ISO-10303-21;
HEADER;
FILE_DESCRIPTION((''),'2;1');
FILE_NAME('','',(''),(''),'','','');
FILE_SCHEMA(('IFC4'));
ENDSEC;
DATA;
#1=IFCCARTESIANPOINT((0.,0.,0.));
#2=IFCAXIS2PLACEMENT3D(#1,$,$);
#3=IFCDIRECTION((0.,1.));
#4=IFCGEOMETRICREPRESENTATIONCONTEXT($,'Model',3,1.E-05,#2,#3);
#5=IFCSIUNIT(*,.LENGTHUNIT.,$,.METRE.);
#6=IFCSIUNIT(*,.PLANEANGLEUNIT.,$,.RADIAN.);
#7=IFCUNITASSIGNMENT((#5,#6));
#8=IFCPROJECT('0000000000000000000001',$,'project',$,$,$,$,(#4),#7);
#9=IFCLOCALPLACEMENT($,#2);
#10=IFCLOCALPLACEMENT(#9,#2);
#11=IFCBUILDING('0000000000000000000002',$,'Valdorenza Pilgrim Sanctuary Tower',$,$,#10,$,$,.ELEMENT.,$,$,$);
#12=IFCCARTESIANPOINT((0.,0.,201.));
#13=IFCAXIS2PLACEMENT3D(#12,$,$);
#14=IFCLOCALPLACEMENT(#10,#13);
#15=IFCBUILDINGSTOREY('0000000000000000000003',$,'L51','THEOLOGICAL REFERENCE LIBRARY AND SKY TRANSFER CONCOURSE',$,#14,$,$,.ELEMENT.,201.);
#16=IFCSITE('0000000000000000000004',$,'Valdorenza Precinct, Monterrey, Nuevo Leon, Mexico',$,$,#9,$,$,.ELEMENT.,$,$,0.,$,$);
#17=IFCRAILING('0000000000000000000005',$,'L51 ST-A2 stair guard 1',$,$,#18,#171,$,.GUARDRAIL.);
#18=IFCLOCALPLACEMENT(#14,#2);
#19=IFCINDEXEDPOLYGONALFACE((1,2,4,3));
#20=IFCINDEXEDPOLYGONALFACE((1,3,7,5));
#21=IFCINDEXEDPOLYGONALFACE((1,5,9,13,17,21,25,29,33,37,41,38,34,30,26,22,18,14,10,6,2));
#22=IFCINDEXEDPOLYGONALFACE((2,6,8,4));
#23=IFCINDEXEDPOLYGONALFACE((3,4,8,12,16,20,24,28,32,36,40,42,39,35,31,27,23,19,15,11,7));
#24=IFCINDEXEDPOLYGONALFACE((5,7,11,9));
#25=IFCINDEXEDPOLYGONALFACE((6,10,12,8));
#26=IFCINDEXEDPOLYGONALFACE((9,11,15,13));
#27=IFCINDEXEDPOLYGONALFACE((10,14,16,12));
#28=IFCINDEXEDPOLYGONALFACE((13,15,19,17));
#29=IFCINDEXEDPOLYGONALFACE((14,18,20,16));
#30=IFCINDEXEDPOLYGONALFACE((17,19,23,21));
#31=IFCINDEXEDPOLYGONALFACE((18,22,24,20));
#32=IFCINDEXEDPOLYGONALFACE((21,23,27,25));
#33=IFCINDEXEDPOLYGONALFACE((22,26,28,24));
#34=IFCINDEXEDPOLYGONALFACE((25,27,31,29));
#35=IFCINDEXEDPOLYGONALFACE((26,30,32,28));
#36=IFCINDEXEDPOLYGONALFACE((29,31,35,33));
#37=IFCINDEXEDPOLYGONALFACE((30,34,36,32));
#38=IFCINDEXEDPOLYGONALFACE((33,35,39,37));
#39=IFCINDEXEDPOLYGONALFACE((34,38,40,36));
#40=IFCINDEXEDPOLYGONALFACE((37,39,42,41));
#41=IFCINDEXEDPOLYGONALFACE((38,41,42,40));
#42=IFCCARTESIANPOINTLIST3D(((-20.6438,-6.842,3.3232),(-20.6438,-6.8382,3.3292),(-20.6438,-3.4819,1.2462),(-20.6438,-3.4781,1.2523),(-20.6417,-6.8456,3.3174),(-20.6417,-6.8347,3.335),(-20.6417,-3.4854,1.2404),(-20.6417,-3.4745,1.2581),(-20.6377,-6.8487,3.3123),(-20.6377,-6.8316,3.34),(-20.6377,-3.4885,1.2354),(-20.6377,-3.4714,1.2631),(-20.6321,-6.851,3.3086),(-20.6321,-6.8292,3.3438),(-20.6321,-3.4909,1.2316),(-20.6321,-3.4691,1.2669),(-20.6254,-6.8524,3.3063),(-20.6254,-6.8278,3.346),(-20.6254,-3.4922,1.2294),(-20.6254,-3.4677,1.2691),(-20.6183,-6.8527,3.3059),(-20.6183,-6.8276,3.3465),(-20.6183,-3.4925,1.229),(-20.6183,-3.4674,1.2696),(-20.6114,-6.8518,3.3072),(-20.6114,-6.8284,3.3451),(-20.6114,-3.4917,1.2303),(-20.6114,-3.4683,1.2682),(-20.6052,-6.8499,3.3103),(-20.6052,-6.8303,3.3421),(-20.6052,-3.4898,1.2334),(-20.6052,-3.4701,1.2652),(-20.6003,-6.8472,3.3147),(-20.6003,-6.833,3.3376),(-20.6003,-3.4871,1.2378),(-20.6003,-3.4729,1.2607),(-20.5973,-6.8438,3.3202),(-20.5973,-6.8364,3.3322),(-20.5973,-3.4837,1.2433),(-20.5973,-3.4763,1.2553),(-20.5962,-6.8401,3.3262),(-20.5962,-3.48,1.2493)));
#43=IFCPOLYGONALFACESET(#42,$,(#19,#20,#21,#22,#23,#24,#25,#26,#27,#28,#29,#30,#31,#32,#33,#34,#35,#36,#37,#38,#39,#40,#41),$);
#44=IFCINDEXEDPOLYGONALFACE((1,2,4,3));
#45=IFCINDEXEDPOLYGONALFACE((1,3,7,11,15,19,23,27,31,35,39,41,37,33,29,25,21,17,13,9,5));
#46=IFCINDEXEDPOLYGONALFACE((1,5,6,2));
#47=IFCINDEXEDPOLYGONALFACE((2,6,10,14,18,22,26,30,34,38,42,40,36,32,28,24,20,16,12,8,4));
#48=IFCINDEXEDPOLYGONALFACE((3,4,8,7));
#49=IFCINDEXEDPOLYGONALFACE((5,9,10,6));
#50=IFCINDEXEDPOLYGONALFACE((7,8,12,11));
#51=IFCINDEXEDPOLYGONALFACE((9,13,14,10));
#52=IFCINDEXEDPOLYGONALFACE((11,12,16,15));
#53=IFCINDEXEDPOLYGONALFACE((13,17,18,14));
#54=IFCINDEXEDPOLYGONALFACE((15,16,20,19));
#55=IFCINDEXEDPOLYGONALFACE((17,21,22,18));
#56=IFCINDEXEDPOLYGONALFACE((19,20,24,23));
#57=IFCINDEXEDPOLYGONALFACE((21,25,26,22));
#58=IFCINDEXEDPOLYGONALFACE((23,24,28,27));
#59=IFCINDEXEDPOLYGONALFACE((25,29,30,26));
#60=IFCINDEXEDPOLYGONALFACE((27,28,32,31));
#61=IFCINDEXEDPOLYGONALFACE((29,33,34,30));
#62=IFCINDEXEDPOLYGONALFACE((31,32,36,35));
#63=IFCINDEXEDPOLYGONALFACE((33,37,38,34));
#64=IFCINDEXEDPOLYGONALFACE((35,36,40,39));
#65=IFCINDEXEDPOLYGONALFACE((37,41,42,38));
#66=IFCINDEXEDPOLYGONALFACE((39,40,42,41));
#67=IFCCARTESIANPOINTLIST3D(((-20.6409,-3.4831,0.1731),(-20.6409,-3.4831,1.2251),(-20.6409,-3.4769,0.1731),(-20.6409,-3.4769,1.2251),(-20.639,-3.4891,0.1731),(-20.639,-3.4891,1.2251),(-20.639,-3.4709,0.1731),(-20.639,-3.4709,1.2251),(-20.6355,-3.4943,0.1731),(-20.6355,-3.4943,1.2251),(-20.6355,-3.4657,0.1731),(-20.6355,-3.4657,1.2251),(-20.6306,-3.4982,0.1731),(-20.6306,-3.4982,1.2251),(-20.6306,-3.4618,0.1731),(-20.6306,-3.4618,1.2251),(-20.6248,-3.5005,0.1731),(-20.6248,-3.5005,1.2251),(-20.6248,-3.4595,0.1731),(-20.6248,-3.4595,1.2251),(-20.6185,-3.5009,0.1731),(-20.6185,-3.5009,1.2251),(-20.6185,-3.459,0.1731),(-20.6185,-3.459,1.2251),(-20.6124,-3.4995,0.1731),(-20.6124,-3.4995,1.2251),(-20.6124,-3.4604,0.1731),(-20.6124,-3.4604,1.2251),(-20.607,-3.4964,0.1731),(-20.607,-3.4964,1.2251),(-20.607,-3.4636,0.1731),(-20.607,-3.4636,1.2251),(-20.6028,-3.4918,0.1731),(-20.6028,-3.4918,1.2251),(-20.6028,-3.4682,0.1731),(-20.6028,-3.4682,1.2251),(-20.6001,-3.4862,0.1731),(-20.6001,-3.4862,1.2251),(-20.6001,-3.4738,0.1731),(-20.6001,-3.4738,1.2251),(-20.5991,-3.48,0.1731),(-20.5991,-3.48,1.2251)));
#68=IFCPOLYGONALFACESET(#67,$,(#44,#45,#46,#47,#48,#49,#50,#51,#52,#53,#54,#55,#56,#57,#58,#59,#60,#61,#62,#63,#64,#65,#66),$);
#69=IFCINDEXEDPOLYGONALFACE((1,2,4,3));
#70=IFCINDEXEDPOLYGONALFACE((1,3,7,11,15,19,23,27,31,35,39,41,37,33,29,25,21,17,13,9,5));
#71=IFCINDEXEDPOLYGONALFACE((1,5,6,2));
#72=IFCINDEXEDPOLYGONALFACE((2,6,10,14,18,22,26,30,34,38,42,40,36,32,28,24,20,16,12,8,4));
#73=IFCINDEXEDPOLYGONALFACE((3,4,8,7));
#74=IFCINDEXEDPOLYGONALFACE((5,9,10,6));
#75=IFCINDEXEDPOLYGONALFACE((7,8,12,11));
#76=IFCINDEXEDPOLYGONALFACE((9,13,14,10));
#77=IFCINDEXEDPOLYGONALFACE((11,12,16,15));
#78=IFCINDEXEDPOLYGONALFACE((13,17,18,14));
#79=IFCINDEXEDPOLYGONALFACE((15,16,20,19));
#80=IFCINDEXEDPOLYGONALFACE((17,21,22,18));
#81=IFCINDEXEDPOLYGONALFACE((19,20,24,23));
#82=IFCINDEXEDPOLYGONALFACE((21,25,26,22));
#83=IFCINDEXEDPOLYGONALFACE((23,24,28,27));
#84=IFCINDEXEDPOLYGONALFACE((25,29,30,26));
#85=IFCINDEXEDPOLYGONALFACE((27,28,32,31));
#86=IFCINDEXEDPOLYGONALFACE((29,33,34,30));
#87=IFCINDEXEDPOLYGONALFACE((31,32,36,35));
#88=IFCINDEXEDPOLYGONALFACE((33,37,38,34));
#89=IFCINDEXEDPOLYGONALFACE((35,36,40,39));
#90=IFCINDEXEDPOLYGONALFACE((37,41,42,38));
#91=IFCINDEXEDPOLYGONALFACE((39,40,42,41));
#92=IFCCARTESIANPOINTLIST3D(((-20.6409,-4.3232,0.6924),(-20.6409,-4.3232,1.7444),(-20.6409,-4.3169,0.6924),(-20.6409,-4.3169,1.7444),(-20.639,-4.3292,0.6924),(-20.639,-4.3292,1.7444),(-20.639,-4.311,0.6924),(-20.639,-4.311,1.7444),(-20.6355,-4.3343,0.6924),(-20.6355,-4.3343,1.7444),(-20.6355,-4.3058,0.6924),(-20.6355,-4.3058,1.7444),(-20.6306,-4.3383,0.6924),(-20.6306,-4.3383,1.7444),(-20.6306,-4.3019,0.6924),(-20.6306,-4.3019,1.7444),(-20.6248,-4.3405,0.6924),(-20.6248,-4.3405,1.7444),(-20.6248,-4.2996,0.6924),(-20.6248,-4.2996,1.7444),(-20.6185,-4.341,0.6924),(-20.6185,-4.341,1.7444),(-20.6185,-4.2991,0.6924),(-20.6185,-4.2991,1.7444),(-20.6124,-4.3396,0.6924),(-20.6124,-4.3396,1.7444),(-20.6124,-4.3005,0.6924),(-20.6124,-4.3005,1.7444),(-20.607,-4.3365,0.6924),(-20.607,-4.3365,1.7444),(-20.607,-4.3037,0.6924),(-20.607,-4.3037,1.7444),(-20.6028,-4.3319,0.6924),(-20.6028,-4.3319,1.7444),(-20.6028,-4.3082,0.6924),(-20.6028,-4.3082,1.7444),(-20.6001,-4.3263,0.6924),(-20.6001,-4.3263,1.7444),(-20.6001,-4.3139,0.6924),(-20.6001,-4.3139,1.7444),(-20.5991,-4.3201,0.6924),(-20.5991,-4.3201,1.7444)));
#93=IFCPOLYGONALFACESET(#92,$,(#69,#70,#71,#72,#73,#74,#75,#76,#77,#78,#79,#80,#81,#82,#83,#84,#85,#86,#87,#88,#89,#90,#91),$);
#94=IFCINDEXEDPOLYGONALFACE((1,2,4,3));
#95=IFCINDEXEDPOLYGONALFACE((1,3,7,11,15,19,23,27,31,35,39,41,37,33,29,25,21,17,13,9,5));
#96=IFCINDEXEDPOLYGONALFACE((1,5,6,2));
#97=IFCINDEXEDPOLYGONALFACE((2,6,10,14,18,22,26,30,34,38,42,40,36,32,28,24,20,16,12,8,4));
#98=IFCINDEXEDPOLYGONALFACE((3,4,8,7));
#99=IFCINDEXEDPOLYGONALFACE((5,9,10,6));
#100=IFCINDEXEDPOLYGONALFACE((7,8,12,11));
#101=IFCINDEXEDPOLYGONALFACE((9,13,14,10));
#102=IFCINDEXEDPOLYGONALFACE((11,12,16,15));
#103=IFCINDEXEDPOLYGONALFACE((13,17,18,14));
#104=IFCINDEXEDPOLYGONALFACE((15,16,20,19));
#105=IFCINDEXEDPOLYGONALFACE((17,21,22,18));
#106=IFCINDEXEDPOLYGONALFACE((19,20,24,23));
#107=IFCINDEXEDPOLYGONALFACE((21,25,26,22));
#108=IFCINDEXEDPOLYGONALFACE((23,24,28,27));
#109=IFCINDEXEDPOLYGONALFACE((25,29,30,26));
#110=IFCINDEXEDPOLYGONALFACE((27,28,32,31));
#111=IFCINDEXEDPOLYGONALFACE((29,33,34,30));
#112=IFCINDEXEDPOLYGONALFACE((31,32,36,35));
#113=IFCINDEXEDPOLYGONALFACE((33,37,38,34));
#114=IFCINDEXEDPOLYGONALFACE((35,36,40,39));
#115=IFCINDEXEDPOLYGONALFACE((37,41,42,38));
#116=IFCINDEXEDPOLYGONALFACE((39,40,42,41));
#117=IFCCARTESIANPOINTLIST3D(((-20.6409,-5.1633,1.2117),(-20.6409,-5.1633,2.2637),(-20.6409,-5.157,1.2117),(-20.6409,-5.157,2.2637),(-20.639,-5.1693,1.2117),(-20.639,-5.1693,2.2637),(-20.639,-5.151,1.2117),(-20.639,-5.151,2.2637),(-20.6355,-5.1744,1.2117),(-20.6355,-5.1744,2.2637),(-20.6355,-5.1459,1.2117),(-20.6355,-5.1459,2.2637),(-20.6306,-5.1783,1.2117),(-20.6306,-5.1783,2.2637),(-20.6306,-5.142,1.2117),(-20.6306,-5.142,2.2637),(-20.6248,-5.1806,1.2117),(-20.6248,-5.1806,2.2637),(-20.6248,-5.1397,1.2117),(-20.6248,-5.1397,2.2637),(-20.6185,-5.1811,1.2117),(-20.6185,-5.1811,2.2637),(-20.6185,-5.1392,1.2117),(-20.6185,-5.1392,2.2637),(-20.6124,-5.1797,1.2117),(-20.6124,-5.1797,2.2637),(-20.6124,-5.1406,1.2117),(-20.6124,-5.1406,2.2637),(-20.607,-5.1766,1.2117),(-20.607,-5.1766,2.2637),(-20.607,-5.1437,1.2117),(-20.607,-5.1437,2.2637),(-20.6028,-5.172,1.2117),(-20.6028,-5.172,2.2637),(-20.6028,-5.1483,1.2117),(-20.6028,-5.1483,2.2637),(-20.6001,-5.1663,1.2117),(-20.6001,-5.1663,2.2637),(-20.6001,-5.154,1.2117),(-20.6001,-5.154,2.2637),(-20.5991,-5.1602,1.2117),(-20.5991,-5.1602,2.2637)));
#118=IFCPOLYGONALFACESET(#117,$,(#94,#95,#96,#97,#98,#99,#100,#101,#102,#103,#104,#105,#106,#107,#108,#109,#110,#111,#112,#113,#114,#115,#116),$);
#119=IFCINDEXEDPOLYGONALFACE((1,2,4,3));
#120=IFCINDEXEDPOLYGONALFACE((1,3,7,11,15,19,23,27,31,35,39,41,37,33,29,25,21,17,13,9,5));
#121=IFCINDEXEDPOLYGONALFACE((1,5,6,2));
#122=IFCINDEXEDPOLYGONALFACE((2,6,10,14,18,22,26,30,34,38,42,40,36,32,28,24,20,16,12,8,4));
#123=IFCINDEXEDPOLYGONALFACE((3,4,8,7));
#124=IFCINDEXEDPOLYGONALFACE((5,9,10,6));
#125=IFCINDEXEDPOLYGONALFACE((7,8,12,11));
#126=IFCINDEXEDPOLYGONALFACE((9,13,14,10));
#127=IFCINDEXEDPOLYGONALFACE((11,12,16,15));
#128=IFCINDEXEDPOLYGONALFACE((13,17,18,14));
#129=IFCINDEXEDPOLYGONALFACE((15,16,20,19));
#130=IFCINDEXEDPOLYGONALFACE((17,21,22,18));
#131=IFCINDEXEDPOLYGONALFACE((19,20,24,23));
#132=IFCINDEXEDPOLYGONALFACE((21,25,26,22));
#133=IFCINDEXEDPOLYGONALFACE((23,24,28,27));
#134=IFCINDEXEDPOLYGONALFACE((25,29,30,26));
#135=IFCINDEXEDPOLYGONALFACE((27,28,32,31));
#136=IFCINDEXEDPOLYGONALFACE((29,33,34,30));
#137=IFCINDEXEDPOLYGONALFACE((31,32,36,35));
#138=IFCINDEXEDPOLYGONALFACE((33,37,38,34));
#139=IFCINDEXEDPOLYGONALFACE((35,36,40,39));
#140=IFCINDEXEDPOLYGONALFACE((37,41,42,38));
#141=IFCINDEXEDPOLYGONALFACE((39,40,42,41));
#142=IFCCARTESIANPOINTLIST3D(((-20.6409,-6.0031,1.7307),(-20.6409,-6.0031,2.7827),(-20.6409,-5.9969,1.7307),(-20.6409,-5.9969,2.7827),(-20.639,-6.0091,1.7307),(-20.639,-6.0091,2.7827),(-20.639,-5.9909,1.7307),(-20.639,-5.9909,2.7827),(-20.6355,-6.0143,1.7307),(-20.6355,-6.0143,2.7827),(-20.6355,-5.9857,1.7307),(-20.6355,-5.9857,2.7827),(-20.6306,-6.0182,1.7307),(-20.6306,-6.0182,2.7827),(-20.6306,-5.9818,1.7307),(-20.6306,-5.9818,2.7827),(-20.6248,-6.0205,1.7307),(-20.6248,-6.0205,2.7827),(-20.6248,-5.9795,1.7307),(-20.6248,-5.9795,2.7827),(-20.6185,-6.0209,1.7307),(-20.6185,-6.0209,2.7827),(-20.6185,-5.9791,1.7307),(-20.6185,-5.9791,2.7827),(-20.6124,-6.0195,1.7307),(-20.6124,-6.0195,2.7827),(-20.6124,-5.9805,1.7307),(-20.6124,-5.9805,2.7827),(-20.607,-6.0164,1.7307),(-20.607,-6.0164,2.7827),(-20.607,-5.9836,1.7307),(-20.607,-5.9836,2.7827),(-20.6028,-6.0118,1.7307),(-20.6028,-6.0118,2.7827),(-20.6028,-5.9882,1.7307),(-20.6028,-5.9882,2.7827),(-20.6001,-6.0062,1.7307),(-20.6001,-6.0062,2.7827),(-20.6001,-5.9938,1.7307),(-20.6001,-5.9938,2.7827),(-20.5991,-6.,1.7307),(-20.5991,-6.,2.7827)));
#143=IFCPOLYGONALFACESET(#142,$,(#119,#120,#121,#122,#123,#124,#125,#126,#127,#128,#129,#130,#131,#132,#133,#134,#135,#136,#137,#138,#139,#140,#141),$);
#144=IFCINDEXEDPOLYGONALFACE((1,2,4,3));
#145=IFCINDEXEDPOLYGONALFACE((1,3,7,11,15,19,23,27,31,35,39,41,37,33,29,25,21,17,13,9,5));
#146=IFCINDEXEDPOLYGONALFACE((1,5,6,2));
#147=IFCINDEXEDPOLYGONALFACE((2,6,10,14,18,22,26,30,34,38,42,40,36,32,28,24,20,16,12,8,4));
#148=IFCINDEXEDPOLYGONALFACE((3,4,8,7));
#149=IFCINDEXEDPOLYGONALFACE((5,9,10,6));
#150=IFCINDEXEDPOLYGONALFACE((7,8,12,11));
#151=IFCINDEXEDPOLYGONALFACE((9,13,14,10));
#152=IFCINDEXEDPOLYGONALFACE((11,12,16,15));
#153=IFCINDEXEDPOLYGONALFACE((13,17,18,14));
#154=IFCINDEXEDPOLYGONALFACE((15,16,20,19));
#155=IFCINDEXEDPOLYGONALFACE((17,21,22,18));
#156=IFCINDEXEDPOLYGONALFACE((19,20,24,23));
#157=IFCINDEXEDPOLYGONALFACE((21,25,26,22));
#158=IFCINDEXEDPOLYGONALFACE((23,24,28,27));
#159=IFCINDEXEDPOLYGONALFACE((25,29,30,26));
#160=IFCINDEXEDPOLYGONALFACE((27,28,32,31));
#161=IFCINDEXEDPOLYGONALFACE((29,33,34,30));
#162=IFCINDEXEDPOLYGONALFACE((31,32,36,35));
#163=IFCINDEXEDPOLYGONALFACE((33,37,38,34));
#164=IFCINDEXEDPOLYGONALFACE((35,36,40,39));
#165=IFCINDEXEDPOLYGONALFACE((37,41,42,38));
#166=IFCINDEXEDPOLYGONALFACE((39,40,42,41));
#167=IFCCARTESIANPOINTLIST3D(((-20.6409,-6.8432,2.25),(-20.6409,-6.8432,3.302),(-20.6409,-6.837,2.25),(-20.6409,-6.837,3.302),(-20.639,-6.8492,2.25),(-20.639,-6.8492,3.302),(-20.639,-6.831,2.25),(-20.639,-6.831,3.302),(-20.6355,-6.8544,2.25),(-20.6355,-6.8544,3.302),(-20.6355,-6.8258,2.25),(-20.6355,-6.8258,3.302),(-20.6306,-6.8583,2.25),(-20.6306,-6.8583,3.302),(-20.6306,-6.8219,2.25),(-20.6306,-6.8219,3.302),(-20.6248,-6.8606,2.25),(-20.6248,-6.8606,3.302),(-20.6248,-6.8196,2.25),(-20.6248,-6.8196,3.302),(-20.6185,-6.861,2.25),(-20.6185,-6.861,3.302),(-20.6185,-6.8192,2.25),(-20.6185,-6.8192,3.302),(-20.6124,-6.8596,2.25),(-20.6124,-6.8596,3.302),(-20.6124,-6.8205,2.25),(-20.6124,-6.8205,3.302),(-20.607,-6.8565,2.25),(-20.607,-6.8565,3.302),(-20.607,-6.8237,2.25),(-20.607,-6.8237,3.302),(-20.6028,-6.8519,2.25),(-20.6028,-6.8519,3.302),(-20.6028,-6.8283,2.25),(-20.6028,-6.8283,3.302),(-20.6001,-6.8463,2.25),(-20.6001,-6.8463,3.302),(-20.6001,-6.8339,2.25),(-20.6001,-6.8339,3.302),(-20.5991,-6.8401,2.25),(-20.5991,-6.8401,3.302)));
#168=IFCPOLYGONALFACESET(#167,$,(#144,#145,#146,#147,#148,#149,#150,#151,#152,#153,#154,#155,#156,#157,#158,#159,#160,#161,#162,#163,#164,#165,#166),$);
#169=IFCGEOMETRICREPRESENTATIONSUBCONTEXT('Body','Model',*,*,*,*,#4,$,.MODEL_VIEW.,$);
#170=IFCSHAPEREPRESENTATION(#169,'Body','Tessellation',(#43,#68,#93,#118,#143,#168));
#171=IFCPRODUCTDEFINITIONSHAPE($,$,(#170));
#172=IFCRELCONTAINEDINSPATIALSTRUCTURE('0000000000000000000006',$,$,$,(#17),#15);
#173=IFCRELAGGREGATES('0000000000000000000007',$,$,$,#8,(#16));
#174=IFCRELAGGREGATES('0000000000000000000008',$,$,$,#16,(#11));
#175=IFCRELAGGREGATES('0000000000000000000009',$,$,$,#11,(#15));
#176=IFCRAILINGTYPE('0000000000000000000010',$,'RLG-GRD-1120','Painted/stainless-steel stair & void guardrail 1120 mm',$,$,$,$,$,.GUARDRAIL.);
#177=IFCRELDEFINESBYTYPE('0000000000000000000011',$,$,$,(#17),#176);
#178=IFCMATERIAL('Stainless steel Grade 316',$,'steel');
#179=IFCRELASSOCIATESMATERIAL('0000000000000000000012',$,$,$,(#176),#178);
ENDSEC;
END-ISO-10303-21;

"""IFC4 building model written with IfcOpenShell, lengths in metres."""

from ifc_helpers import new_model, si_unit, direction, frame, origin, origin_2d, place, context, subcontext, project, spatial, circle, extrude, material, type_object, element, save


model = new_model("IFC4")

# Units and contexts
model_context = context("Model", 3, precision=1e-05, world=origin(), true_north=direction((0.0, 1.0)))
body_context = subcontext(model_context, "Body", "Model", "MODEL_VIEW")
ifc_project = project(units=[si_unit("LENGTHUNIT", "METRE"), si_unit("PLANEANGLEUNIT", "RADIAN")], contexts=[model_context])

# Site, building, storey
site_placement = place(None, origin())
site = spatial("IfcSite", under=ifc_project, at=site_placement, Name="Valdorenza Precinct, Monterrey, Nuevo Leon, Mexico", CompositionType="ELEMENT", RefElevation=0.0)
building_placement = place(site_placement, origin())
building = spatial("IfcBuilding", under=site, at=building_placement, Name="Valdorenza Pilgrim Sanctuary Tower", CompositionType="ELEMENT")
storey_placement = place(building_placement, frame((0.0, 0.0, 201.0)))
storey = spatial("IfcBuildingStorey", under=building, at=storey_placement, Name="L51", Description="THEOLOGICAL REFERENCE LIBRARY AND SKY TRANSFER CONCOURSE", CompositionType="ELEMENT", Elevation=201.0)

# Railing
ifc_material_1 = material(Name="Stainless steel Grade 316", Category="steel")
railing_type_1 = type_object("IfcRailingType", Name="RLG-GRD-1120", Description="Painted/stainless-steel stair & void guardrail 1120 mm", PredefinedType="GUARDRAIL", material=ifc_material_1)
railing_1_placement = place(storey_placement, frame((-20.6201, -3.48, 0.1731)))
element("IfcRailing", 1, at=railing_1_placement, inside=storey, type_object=railing_type_1, Name="L51 ST-A2 stair guard 1", PredefinedType="GUARDRAIL", context=body_context, shape_type="SweptSolid", body=[
    extrude(circle(Radius=0.0239, at=origin_2d()), frame((0.0, 0.0, 1.0762), z_axis=(0.0, -0.850623, 0.525776), x_axis=(1.0, 0.0, 0.0)), (0.0, 0.0, 1.0), 3.9502),
    extrude(circle(Radius=0.021, at=origin_2d()), origin(), (0.0, 0.0, 1.0), 1.052),
    extrude(circle(Radius=0.021, at=origin_2d()), frame((0.0, -0.8401, 0.5193)), (0.0, 0.0, 1.0), 1.052),
    extrude(circle(Radius=0.021, at=origin_2d()), frame((0.0, -1.6802, 1.0386)), (0.0, 0.0, 1.0), 1.052),
    extrude(circle(Radius=0.021, at=origin_2d()), frame((0.0, -2.52, 1.5576)), (0.0, 0.0, 1.0), 1.052),
    extrude(circle(Radius=0.021, at=origin_2d()), frame((0.0, -3.3601, 2.0769)), (0.0, 0.0, 1.0), 1.052),
])

save(model, "model.ifc")
